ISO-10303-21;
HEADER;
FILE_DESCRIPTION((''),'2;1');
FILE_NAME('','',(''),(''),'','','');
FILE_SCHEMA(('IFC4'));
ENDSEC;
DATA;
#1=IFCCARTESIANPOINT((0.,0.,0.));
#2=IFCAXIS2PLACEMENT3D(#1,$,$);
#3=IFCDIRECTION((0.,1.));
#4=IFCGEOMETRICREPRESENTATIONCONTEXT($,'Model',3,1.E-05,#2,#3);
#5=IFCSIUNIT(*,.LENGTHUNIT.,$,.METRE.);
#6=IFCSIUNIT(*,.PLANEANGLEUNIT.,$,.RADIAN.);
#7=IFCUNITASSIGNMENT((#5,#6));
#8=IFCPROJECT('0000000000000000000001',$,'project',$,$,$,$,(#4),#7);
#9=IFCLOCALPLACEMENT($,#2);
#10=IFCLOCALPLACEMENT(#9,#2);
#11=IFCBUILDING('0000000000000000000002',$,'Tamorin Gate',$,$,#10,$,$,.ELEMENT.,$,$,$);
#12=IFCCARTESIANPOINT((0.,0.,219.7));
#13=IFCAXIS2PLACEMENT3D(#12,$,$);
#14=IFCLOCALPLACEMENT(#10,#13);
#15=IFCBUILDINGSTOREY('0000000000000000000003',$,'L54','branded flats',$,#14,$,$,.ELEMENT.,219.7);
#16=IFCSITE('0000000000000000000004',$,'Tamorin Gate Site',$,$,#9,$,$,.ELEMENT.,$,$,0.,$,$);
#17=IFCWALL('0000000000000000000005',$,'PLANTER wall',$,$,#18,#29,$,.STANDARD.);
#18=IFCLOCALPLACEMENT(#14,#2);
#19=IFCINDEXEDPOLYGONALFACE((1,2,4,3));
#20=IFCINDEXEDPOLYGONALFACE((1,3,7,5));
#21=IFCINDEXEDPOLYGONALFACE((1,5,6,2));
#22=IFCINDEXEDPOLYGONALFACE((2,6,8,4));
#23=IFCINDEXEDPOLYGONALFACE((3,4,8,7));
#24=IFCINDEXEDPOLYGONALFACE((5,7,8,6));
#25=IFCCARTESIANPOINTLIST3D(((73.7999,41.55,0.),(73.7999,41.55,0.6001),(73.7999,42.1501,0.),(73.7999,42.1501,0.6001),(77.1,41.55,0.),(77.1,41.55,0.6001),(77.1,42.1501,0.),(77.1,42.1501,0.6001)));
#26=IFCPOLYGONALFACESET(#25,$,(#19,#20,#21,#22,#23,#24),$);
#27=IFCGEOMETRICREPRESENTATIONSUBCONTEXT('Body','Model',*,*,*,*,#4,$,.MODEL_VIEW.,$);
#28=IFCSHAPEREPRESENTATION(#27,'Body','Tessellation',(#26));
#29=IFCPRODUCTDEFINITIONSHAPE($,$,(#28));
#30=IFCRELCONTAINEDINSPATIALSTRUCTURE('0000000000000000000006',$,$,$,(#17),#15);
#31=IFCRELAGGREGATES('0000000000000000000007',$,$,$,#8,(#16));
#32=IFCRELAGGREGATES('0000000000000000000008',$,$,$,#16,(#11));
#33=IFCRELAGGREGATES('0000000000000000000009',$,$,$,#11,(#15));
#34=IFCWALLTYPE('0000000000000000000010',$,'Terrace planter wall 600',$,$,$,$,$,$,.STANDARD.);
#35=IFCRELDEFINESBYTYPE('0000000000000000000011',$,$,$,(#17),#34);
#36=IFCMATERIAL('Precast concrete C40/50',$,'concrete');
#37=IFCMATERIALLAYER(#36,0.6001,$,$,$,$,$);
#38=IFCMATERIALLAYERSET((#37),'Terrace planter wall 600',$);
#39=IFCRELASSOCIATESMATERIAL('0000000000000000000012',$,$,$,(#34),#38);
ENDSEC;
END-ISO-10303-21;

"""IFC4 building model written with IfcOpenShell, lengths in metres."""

from ifc_helpers import new_model, si_unit, direction, frame, frame_2d, origin, place, context, subcontext, project, spatial, rectangle, extrude, material, layer, layer_set, type_object, element, save


model = new_model("IFC4")

# Units and contexts
model_context = context("Model", 3, precision=1e-05, world=origin(), true_north=direction((0.0, 1.0)))
body_context = subcontext(model_context, "Body", "Model", "MODEL_VIEW")
ifc_project = project(units=[si_unit("LENGTHUNIT", "METRE"), si_unit("PLANEANGLEUNIT", "RADIAN")], contexts=[model_context])

# Site, building, storey
site_placement = place(None, origin())
site = spatial("IfcSite", under=ifc_project, at=site_placement, Name="Tamorin Gate Site", CompositionType="ELEMENT", RefElevation=0.0)
building_placement = place(site_placement, origin())
building = spatial("IfcBuilding", under=site, at=building_placement, Name="Tamorin Gate", CompositionType="ELEMENT")
storey_placement = place(building_placement, frame((0.0, 0.0, 219.7)))
storey = spatial("IfcBuildingStorey", under=building, at=storey_placement, Name="L54", Description="branded flats", CompositionType="ELEMENT", Elevation=219.7)

# Shared definitions
ifc_material_1 = material(Name="Precast concrete C40/50", Category="concrete")

# Wall
ifc_layer_1 = layer(ifc_material_1, 0.6001)
ifc_layer_set_1 = layer_set([ifc_layer_1], Name="Terrace planter wall 600")
wall_type_1 = type_object("IfcWallType", Name="Terrace planter wall 600", PredefinedType="STANDARD", material=ifc_layer_set_1)
wall_1_placement = place(storey_placement, frame((73.8, 41.8501, 0.0), z_axis=(0.0, 0.0, 1.0), x_axis=(1.0, 0.0, 0.0)))
element("IfcWall", 1, at=wall_1_placement, inside=storey, type_object=wall_type_1, Name="PLANTER wall", PredefinedType="STANDARD", context=body_context, shape_type="SweptSolid", body=[
    extrude(rectangle(XDim=3.3, YDim=0.6001, at=frame_2d((1.6499, 0.0))), origin(), (0.0, 0.0, 1.0), 0.6001),
])

save(model, "model.ifc")
